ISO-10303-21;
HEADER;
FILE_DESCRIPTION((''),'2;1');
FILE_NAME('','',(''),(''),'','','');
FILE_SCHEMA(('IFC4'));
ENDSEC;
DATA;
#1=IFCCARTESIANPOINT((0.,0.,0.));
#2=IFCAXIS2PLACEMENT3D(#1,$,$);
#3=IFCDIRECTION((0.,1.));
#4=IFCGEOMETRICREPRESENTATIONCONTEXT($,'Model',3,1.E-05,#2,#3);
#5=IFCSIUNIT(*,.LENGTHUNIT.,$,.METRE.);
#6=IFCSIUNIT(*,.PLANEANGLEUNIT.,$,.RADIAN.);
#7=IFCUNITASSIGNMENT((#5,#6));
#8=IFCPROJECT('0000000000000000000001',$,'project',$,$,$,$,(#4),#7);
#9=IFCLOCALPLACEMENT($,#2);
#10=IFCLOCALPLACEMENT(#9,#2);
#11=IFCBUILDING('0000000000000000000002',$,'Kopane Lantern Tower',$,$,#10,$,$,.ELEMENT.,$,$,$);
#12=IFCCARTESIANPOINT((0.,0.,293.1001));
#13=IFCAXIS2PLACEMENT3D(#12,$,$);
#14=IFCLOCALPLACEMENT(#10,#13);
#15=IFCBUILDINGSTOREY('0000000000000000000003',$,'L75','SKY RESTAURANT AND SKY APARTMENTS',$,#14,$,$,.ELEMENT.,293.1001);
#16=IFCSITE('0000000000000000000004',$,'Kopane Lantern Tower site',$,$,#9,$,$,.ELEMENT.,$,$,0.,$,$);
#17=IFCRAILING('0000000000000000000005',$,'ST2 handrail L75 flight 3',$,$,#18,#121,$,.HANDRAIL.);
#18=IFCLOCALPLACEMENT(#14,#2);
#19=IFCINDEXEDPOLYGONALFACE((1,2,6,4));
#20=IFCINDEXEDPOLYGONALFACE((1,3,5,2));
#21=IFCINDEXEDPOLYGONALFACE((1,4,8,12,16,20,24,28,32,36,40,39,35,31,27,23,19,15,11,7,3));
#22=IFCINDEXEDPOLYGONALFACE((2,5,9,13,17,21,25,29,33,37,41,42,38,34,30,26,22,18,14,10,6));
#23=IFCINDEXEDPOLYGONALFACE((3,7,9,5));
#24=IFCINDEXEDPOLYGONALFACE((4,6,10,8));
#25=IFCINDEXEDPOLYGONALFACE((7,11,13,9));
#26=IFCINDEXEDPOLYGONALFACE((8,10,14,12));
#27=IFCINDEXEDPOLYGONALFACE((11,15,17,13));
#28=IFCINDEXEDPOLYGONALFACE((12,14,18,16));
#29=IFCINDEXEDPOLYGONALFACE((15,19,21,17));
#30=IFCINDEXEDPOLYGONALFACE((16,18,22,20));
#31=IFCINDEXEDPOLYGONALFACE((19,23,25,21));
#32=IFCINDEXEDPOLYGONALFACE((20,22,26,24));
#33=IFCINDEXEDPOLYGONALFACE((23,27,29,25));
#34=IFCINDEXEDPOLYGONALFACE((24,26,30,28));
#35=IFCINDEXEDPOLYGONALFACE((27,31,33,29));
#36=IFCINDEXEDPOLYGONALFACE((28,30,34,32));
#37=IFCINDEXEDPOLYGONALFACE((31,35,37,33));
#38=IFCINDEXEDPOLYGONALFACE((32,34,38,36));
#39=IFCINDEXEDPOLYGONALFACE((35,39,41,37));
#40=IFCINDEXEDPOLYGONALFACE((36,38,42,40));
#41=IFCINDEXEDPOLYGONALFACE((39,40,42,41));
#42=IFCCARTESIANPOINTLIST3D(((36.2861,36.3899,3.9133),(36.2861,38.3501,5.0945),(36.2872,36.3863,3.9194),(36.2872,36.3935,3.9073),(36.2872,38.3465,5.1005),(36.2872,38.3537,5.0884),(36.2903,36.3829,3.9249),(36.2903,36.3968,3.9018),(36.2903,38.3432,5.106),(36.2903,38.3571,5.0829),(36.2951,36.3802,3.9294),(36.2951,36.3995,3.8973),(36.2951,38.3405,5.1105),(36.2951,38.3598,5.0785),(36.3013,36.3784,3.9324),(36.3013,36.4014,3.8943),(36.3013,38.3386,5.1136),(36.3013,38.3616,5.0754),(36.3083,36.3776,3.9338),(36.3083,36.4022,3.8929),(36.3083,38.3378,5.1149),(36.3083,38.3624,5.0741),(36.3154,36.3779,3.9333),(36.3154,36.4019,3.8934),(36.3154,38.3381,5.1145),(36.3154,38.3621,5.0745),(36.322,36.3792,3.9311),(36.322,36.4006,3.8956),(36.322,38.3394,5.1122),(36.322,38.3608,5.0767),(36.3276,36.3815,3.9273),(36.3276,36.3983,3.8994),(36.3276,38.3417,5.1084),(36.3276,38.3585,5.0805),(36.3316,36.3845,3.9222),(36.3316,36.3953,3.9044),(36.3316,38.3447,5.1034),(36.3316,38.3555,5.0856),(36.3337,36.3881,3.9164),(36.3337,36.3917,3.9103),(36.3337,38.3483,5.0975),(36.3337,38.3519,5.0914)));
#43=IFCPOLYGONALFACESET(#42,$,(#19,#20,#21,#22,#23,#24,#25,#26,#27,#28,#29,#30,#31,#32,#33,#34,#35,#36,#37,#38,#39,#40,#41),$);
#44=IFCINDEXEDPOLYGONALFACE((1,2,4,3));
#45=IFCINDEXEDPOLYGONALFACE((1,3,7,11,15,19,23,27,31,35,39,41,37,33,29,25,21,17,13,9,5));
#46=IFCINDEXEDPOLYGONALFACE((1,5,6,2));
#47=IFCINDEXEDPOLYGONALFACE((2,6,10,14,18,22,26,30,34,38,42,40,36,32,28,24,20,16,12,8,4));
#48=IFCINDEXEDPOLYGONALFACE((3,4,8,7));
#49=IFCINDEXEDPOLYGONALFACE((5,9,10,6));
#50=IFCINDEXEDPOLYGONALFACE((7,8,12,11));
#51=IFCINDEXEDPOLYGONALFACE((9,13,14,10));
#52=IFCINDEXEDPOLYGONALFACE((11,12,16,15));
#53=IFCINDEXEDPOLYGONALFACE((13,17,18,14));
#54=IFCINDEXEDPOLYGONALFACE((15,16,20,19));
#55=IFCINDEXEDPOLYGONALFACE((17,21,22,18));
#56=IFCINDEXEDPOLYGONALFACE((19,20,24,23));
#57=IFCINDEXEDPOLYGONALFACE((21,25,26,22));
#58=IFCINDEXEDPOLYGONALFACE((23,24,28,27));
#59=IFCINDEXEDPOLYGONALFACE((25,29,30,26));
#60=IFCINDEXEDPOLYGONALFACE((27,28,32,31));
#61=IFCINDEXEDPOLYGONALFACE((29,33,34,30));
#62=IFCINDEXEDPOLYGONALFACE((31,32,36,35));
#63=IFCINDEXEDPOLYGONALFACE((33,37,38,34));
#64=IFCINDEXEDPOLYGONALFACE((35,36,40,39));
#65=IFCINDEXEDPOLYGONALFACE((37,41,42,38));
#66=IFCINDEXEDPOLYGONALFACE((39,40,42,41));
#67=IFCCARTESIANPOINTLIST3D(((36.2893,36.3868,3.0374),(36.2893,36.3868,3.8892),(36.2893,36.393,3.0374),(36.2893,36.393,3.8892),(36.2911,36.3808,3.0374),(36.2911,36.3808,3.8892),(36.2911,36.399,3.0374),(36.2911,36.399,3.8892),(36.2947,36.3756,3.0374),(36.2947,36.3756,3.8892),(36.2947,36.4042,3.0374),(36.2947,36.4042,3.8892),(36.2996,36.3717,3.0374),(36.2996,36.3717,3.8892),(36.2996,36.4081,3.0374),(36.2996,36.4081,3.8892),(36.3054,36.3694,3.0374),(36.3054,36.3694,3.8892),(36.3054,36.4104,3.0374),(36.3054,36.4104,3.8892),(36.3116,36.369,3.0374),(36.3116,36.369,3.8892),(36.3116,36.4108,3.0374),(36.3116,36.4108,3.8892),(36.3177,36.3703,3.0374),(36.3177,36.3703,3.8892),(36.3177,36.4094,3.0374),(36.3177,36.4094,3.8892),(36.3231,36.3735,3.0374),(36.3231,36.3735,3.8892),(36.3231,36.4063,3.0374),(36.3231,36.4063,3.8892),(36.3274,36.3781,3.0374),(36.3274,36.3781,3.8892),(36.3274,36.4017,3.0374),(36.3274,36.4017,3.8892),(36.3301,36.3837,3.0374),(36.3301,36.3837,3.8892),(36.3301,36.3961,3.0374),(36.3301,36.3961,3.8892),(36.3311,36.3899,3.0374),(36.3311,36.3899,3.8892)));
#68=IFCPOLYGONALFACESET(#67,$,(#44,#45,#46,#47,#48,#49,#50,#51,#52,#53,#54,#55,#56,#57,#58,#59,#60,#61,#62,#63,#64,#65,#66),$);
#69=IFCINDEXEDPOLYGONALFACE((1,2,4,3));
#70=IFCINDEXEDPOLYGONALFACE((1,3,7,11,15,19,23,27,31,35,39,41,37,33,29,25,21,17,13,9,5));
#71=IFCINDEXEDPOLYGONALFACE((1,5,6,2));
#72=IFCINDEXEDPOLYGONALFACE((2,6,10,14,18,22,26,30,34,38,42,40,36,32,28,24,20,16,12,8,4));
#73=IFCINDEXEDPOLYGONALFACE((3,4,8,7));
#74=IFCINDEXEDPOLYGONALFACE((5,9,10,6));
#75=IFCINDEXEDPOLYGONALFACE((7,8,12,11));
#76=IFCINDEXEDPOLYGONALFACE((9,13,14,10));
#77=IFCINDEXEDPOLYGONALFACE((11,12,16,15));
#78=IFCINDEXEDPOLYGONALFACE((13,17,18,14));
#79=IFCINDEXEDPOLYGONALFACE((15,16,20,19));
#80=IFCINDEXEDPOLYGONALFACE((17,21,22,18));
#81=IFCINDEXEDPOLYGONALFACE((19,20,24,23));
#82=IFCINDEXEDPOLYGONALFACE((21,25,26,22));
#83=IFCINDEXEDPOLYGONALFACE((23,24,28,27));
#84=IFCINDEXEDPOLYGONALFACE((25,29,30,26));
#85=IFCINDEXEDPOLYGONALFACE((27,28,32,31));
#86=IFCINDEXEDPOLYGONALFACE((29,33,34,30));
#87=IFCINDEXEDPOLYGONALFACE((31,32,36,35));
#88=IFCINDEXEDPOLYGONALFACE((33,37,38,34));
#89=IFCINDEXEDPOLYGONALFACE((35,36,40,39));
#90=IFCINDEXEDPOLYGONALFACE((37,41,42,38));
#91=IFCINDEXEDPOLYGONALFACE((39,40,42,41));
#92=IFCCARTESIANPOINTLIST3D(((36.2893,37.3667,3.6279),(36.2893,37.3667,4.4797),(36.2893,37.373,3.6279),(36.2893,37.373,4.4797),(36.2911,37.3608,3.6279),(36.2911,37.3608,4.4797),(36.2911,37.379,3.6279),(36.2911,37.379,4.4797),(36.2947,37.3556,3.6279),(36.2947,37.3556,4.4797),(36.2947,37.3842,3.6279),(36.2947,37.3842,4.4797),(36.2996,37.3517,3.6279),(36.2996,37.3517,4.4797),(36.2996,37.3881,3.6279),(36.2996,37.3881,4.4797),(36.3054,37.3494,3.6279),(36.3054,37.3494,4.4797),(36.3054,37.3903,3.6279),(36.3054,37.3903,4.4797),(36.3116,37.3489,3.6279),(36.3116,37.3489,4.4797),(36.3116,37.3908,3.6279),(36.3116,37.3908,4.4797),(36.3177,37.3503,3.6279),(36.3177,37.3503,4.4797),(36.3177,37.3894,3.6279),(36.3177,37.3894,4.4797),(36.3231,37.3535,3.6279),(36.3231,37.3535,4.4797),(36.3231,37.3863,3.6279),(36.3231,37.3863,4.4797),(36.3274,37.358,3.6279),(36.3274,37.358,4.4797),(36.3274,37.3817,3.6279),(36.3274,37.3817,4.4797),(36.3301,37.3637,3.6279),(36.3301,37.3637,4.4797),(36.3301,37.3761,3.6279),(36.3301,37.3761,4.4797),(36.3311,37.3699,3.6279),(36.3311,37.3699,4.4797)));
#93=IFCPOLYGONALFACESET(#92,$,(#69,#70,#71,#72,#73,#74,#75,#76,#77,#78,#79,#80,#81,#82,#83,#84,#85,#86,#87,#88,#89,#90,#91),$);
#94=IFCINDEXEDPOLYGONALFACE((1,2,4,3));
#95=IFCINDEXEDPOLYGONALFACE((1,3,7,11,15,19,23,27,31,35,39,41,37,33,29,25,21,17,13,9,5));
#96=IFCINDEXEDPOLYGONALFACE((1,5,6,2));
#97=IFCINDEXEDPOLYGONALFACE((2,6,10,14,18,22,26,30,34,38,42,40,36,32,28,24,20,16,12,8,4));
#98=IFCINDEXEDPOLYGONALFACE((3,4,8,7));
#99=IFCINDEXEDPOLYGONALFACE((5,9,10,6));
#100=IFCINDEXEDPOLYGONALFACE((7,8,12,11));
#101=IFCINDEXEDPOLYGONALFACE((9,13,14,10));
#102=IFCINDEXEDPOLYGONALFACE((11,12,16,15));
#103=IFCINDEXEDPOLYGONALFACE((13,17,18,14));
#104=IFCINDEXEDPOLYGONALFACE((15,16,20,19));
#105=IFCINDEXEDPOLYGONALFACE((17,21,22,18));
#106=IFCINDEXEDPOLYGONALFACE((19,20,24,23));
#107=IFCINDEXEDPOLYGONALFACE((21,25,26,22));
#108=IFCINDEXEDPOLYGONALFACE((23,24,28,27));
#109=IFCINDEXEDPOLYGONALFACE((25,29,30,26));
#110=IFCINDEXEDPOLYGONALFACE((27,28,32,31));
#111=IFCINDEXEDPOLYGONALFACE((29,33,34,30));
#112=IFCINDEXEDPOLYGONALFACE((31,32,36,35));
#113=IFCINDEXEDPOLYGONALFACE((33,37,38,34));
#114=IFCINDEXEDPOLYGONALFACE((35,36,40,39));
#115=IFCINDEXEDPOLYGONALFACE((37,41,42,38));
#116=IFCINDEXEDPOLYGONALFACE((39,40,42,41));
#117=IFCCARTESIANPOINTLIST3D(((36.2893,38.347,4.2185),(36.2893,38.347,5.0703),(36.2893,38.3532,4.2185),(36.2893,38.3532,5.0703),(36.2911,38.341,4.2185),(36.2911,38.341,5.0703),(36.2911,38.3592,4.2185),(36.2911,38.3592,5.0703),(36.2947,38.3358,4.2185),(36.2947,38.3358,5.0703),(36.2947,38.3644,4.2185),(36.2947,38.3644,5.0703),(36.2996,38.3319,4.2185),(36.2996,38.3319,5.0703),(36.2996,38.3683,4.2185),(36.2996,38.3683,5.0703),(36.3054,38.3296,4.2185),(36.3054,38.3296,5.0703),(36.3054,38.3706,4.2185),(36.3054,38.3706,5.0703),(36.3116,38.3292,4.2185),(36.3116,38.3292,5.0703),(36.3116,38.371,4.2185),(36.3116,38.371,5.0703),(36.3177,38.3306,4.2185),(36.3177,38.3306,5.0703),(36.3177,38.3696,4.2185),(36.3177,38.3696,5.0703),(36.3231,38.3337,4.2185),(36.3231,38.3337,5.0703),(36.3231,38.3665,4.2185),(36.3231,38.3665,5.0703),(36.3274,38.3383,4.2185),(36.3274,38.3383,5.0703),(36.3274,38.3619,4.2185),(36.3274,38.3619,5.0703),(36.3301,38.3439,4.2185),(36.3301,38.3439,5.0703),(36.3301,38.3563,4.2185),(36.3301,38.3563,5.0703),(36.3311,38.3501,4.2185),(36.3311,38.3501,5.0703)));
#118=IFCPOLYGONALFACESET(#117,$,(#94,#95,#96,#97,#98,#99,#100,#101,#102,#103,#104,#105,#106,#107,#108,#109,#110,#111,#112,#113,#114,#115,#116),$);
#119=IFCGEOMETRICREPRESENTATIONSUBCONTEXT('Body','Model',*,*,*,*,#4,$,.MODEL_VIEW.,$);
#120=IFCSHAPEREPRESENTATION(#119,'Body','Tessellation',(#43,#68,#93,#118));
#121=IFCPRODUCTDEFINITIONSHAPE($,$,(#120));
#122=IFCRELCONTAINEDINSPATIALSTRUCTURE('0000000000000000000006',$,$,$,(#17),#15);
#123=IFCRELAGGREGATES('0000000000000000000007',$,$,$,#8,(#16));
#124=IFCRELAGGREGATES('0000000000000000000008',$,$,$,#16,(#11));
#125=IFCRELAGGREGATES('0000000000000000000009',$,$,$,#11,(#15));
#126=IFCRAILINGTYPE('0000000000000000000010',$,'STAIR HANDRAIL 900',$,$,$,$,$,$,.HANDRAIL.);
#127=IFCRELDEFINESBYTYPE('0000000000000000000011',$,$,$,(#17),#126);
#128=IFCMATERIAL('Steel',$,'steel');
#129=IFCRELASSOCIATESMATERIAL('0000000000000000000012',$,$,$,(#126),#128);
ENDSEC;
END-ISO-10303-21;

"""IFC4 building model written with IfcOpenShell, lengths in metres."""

from ifc_helpers import new_model, si_unit, direction, frame, origin, origin_2d, place, context, subcontext, project, spatial, circle, extrude, material, type_object, element, save


model = new_model("IFC4")

# Units and contexts
model_context = context("Model", 3, precision=1e-05, world=origin(), true_north=direction((0.0, 1.0)))
body_context = subcontext(model_context, "Body", "Model", "MODEL_VIEW")
ifc_project = project(units=[si_unit("LENGTHUNIT", "METRE"), si_unit("PLANEANGLEUNIT", "RADIAN")], contexts=[model_context])

# Site, building, storey
site_placement = place(None, origin())
site = spatial("IfcSite", under=ifc_project, at=site_placement, Name="Kopane Lantern Tower site", CompositionType="ELEMENT", RefElevation=0.0)
building_placement = place(site_placement, origin())
building = spatial("IfcBuilding", under=site, at=building_placement, Name="Kopane Lantern Tower", CompositionType="ELEMENT")
storey_placement = place(building_placement, frame((0.0, 0.0, 293.1001)))
storey = spatial("IfcBuildingStorey", under=building, at=storey_placement, Name="L75", Description="SKY RESTAURANT AND SKY APARTMENTS", CompositionType="ELEMENT", Elevation=293.1001)

# Railing
ifc_material_1 = material(Name="Steel", Category="steel")
railing_type = type_object("IfcRailingType", Name="STAIR HANDRAIL 900", PredefinedType="HANDRAIL", material=ifc_material_1)
railing_1_placement = place(storey_placement, frame((36.3101, 36.3899, 3.0374)))
element("IfcRailing", 1, at=railing_1_placement, inside=storey, type_object=railing_type, Name="ST2 handrail L75 flight 3", PredefinedType="HANDRAIL", context=body_context, shape_type="SweptSolid", body=[
    extrude(circle(Radius=0.0239, at=origin_2d()), frame((0.0, 0.0, 0.876), z_axis=(0.0, 0.856522, 0.516111), x_axis=(-1.0, 0.0, 0.0)), (0.0, 0.0, 1.0), 2.2886),
    extrude(circle(Radius=0.021, at=origin_2d()), origin(), (0.0, 0.0, 1.0), 0.8518),
    extrude(circle(Radius=0.021, at=origin_2d()), frame((0.0, 0.98, 0.5906)), (0.0, 0.0, 1.0), 0.8518),
    extrude(circle(Radius=0.021, at=origin_2d()), frame((0.0, 1.9602, 1.1812)), (0.0, 0.0, 1.0), 0.8518),
])

save(model, "model.ifc")
